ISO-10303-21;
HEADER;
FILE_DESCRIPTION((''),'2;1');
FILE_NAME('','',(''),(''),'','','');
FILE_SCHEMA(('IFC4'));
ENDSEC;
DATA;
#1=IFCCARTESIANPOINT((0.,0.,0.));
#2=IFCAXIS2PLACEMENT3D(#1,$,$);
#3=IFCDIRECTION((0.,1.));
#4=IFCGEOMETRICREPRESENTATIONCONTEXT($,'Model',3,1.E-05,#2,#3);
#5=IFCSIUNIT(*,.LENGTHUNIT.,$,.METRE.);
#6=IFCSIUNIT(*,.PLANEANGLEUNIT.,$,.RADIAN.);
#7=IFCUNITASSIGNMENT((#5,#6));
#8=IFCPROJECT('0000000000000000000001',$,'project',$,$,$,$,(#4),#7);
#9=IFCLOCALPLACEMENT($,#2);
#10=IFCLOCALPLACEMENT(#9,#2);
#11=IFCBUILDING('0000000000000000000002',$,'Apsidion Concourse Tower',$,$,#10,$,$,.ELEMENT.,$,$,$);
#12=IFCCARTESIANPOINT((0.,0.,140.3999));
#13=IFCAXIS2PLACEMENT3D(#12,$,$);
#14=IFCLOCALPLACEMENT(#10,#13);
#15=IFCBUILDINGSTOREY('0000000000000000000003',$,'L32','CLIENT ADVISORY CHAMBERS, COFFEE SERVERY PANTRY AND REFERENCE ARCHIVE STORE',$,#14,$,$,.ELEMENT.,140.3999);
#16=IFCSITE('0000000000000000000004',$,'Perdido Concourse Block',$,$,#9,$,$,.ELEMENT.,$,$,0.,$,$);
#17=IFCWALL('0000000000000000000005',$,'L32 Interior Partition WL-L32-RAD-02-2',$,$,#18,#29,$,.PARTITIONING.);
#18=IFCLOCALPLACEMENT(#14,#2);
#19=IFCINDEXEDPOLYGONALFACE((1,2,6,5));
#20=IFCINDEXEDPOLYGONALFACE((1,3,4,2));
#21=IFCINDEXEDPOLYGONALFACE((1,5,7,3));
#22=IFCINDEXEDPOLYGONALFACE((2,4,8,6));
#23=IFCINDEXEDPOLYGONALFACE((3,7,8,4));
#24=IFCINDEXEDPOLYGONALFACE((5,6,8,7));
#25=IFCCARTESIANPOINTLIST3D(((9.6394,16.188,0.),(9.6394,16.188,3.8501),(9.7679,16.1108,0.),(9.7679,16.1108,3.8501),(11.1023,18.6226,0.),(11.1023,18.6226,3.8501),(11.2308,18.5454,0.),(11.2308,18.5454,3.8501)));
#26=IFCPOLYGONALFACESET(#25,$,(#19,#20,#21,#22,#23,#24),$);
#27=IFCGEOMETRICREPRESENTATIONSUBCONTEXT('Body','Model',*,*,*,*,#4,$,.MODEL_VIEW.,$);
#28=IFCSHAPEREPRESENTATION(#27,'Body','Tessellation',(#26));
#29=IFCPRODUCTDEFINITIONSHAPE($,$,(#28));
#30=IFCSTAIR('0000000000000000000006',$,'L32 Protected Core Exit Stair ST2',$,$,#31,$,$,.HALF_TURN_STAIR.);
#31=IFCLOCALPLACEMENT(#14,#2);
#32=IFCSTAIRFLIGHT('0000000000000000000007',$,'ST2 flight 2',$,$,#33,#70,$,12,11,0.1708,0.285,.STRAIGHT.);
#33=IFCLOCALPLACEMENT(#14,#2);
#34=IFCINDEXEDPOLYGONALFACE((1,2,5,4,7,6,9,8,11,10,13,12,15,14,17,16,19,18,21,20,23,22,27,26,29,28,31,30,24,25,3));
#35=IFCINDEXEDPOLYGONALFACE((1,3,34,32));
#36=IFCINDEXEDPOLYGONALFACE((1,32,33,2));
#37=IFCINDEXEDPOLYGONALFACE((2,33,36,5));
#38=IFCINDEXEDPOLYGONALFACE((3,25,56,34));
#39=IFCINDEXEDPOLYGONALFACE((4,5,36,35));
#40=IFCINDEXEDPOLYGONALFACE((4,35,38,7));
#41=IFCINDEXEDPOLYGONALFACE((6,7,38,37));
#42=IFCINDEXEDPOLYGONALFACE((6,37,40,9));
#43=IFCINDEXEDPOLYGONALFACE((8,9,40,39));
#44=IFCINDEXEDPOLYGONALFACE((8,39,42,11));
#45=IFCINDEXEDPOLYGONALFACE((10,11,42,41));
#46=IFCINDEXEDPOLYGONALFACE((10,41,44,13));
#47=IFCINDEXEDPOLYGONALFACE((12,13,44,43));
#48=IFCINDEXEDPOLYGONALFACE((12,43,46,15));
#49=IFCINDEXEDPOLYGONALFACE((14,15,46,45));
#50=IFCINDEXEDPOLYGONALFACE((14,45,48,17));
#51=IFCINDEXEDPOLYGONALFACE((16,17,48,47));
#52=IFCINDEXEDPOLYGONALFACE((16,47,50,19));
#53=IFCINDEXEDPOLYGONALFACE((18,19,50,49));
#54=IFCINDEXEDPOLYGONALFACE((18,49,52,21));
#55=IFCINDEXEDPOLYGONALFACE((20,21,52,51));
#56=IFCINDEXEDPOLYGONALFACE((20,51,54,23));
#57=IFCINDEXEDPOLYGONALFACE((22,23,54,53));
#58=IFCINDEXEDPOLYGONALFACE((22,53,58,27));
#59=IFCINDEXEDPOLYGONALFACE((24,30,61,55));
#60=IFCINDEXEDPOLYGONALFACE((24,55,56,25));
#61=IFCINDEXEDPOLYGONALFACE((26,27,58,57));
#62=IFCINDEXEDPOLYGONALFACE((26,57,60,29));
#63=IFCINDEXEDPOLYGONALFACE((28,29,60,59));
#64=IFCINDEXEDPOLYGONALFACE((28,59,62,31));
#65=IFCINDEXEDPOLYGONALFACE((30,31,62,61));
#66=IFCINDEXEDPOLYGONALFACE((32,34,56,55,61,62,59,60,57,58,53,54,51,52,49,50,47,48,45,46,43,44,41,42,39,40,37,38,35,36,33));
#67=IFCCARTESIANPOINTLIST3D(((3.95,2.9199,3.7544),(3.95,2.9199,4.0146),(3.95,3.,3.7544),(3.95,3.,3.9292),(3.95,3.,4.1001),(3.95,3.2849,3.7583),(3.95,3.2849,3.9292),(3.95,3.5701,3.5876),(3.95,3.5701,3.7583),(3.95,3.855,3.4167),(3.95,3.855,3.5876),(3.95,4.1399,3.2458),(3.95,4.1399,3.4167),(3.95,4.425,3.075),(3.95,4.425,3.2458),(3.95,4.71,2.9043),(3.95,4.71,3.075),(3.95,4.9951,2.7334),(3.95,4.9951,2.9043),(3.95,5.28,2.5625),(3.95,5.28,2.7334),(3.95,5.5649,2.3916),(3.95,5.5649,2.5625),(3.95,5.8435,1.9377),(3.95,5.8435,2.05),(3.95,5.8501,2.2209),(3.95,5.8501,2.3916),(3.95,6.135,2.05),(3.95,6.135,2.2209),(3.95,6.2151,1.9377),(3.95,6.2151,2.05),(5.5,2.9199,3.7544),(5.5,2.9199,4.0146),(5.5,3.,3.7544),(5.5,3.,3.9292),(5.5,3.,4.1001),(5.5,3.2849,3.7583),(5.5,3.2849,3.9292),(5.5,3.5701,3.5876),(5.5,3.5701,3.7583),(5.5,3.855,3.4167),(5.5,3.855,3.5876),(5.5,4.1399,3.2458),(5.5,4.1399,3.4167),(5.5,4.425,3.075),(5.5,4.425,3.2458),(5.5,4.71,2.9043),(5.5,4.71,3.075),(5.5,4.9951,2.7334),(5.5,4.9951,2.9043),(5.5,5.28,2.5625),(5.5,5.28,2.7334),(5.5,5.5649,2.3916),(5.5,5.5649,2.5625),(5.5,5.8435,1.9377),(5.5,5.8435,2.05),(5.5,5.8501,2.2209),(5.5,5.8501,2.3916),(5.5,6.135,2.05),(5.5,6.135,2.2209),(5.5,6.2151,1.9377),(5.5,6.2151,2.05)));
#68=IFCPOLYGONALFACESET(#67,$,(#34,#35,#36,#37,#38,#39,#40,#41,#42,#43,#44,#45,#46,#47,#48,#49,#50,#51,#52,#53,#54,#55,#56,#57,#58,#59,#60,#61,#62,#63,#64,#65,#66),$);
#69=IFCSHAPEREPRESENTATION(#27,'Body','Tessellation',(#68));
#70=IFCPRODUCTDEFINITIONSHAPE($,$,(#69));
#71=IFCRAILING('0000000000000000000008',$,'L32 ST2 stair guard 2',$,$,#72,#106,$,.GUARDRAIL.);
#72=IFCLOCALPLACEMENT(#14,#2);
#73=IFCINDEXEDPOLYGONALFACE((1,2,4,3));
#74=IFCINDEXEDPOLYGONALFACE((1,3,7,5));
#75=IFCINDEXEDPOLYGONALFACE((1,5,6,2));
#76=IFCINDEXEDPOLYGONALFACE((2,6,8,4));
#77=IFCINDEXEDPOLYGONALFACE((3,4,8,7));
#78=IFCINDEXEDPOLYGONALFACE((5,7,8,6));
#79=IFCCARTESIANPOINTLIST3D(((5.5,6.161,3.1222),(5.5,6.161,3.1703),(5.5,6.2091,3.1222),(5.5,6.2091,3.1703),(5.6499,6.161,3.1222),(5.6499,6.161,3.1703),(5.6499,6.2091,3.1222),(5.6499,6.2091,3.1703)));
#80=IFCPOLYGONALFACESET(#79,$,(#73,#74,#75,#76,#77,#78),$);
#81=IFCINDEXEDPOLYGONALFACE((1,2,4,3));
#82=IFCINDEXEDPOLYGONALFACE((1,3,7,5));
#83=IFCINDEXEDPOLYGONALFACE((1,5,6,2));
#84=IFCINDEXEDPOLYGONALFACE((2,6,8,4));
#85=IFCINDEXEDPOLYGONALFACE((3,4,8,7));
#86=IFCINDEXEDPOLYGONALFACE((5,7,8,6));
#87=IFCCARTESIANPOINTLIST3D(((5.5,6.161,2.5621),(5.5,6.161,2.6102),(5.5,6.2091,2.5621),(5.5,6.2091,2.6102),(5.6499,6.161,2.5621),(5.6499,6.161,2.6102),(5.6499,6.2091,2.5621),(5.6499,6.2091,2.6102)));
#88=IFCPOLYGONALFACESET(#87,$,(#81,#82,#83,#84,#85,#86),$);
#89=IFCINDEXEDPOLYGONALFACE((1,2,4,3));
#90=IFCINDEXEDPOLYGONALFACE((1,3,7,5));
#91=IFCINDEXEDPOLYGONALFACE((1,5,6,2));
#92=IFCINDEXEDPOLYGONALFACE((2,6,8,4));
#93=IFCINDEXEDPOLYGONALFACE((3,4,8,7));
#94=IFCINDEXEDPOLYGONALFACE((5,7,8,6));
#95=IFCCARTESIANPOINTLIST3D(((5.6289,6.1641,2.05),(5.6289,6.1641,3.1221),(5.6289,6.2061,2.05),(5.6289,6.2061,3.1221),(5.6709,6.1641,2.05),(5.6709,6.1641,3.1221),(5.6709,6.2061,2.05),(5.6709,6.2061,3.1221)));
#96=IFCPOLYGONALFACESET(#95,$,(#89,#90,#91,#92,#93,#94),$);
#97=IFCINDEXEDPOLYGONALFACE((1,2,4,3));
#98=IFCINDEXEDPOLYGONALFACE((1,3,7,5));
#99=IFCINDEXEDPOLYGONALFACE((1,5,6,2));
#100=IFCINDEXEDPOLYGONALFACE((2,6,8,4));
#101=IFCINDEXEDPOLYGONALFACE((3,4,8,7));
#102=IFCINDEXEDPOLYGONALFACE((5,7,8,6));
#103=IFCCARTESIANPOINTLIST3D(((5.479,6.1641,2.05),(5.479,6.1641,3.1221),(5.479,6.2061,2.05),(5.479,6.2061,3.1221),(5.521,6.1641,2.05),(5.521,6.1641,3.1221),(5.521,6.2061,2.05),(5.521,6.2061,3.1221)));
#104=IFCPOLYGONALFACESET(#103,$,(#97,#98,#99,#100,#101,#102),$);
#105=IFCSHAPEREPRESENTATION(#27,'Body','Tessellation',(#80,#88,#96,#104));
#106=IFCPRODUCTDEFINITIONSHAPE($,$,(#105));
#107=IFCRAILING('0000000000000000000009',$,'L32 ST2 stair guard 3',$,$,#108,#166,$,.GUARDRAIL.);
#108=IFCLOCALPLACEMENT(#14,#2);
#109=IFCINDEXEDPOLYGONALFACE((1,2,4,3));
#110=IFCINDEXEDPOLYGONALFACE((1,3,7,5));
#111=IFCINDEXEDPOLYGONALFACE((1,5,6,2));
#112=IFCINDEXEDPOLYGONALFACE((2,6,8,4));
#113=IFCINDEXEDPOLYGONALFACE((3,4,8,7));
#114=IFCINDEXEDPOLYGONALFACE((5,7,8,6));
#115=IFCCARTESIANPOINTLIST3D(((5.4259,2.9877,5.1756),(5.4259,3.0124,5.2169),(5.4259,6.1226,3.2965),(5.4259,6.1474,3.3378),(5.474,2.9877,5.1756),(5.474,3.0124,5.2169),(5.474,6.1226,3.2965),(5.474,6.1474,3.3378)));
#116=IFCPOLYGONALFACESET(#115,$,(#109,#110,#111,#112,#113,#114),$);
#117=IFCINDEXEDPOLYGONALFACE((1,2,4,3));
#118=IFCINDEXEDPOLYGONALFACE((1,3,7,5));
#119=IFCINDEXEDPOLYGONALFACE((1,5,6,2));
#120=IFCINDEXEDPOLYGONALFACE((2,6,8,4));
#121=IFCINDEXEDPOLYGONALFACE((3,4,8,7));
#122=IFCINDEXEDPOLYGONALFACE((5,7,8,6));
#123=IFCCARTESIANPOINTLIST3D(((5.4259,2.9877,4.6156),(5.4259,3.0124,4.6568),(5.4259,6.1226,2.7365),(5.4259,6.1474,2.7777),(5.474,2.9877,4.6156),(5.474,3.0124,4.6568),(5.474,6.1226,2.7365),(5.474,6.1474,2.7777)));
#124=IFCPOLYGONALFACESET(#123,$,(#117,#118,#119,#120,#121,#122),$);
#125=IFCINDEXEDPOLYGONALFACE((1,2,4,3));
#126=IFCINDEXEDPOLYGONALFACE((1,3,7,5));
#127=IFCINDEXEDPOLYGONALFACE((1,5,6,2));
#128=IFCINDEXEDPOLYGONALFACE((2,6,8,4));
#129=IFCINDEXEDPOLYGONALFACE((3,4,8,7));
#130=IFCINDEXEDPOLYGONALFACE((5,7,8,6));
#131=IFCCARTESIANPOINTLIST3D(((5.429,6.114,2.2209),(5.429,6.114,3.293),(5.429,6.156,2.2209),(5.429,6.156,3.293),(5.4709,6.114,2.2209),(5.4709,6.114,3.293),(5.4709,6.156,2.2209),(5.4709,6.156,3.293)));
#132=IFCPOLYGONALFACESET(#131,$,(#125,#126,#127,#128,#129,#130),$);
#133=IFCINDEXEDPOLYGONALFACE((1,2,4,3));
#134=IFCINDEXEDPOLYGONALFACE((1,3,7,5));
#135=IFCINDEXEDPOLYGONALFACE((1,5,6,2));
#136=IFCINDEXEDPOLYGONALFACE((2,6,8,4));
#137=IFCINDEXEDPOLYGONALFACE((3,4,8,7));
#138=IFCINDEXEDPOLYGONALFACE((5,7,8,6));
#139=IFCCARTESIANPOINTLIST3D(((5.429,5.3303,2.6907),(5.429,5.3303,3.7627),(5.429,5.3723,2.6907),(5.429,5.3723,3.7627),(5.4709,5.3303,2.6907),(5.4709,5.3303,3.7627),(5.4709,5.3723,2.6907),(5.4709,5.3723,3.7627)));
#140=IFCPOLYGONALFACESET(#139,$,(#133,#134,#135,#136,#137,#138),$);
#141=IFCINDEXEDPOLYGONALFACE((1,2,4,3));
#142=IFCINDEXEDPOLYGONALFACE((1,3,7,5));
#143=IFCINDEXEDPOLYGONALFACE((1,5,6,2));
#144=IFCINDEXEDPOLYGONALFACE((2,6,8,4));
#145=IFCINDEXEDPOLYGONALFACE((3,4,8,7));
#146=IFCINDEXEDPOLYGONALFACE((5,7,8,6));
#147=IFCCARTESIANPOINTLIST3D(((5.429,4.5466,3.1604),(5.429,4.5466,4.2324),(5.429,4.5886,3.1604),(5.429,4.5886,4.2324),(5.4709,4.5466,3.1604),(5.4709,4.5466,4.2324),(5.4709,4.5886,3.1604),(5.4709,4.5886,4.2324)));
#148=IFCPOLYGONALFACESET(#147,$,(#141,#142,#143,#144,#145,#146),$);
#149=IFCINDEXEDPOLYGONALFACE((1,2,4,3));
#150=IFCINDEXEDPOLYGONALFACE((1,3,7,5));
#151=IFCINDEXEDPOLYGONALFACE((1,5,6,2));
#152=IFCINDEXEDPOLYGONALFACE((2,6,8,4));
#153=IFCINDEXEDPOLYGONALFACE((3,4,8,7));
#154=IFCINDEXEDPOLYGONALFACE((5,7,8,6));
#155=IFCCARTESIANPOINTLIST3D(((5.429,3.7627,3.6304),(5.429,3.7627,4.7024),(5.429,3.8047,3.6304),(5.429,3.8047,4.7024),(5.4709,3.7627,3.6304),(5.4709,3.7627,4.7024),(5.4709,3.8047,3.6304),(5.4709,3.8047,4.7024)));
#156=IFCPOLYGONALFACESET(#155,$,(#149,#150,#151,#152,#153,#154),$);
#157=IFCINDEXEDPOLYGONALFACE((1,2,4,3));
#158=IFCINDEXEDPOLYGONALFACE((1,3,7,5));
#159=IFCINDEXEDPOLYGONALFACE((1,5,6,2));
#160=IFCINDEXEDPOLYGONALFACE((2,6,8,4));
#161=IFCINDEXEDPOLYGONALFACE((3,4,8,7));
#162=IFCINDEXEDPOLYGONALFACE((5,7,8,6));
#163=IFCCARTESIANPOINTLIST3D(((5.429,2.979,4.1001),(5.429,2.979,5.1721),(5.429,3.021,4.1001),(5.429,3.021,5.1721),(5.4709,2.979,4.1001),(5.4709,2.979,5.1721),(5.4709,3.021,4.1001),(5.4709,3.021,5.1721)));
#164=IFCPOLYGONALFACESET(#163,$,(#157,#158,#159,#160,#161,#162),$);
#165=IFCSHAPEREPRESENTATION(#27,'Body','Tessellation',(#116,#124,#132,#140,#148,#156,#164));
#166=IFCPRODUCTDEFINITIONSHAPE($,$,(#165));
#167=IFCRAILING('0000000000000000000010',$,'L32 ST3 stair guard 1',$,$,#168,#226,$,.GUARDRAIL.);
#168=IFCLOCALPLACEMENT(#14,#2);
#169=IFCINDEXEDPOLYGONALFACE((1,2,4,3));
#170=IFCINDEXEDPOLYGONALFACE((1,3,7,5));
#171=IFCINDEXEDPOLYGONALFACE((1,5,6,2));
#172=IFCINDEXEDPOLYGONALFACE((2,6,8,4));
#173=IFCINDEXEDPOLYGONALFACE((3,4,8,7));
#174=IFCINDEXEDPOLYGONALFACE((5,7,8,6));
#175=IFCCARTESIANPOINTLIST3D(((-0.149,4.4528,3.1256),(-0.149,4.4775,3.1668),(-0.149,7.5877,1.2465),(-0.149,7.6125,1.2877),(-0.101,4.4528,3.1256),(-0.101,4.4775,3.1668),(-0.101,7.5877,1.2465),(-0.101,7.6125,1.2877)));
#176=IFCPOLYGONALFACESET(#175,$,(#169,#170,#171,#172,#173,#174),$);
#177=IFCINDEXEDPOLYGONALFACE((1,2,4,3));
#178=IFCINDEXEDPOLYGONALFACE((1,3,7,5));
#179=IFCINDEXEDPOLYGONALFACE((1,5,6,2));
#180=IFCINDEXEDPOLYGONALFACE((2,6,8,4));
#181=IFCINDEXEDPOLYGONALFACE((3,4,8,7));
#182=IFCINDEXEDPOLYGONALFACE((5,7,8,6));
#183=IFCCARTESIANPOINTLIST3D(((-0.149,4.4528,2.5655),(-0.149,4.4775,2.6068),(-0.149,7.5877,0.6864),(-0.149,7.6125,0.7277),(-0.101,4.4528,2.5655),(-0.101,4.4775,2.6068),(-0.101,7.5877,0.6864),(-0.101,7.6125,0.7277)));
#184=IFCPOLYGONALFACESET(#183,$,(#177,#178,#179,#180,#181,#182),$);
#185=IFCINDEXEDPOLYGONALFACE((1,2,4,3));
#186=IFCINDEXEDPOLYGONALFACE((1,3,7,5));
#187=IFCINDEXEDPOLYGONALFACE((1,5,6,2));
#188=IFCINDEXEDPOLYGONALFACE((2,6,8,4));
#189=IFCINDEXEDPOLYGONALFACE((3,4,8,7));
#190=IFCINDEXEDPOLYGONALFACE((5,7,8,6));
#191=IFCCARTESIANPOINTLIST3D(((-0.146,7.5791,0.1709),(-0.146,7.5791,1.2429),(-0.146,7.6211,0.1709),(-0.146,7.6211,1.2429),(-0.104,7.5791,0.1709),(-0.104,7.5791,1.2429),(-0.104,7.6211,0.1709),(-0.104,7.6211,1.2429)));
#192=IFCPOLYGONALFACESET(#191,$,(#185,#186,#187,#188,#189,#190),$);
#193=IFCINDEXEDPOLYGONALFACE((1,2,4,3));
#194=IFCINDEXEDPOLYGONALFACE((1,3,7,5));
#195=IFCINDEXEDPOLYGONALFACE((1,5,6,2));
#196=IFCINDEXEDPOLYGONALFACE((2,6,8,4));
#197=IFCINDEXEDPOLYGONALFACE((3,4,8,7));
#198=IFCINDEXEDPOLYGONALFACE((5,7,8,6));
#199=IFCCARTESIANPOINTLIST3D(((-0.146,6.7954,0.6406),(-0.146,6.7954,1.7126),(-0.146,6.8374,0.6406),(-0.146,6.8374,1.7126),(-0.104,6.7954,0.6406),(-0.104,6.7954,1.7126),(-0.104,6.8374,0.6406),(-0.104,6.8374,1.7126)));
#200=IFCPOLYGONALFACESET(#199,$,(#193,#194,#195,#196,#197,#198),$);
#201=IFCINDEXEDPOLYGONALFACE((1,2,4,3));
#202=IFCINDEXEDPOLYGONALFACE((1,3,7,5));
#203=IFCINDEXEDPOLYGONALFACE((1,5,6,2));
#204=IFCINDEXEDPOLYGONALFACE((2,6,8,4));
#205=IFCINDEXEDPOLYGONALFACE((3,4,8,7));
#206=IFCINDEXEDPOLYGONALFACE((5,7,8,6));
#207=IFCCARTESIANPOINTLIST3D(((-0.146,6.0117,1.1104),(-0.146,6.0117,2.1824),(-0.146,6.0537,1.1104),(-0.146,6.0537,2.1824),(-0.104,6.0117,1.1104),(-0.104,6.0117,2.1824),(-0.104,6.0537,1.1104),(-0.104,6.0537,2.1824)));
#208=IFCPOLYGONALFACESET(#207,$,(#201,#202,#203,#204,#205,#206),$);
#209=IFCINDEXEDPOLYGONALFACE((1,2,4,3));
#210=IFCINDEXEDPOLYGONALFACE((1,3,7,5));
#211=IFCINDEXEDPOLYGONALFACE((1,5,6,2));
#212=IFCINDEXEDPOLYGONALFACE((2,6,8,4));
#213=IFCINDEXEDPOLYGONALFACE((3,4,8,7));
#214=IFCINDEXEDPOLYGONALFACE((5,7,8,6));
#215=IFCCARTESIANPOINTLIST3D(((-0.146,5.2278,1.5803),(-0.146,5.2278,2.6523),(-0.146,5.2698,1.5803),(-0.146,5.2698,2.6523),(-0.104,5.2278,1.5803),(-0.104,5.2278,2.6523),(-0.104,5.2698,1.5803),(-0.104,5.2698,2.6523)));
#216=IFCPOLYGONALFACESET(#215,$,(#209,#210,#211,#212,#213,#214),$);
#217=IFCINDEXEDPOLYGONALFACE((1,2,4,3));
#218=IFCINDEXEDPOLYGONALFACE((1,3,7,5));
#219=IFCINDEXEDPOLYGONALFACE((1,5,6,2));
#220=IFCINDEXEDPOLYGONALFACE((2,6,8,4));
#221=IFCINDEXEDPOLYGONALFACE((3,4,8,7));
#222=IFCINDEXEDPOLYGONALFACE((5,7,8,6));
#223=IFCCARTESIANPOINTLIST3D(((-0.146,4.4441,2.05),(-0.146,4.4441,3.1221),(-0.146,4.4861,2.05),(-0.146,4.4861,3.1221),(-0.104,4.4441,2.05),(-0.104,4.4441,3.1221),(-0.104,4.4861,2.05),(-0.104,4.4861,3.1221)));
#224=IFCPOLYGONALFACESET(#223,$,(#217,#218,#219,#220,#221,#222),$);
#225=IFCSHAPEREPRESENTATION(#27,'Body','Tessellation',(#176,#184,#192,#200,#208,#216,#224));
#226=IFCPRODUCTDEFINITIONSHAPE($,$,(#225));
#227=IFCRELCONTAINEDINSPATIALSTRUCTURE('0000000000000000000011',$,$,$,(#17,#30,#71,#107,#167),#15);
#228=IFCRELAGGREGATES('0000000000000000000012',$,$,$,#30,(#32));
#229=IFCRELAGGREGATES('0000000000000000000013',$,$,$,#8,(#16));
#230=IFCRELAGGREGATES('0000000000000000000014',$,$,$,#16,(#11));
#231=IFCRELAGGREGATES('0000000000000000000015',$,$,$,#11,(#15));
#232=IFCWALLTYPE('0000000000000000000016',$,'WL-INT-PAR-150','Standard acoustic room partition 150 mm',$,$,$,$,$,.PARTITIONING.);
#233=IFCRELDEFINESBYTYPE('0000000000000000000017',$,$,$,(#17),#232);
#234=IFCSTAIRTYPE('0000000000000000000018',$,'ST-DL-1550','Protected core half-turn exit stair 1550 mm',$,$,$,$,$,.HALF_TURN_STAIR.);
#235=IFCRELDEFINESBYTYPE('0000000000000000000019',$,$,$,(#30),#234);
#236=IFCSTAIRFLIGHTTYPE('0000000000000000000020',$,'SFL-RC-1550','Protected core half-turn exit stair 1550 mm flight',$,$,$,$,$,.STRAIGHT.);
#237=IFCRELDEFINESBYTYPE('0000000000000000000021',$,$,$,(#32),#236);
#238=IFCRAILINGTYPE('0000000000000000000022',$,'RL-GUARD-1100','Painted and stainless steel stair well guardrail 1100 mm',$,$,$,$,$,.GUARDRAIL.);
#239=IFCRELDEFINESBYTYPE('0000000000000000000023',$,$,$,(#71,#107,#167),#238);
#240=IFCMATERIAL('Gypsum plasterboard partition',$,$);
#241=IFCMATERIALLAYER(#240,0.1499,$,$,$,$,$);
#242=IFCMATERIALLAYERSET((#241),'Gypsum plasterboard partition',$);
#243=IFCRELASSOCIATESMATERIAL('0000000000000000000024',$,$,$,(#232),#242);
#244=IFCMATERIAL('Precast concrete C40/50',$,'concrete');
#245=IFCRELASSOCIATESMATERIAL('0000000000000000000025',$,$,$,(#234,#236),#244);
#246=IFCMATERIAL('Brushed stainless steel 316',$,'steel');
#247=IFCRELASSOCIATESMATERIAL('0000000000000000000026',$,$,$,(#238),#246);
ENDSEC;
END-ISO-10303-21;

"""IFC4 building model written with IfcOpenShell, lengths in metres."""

from ifc_helpers import new_model, si_unit, direction, frame, frame_2d, origin, origin_2d, place, context, subcontext, project, spatial, polyline, rectangle, outline, extrude, material, layer, layer_set, type_object, element, aggregate, save


model = new_model("IFC4")

# Units and contexts
model_context = context("Model", 3, precision=1e-05, world=origin(), true_north=direction((0.0, 1.0)))
body_context = subcontext(model_context, "Body", "Model", "MODEL_VIEW")
ifc_project = project(units=[si_unit("LENGTHUNIT", "METRE"), si_unit("PLANEANGLEUNIT", "RADIAN")], contexts=[model_context])

# Site, building, storey
site_placement = place(None, origin())
site = spatial("IfcSite", under=ifc_project, at=site_placement, Name="Perdido Concourse Block", CompositionType="ELEMENT", RefElevation=0.0)
building_placement = place(site_placement, origin())
building = spatial("IfcBuilding", under=site, at=building_placement, Name="Apsidion Concourse Tower", CompositionType="ELEMENT")
storey_placement = place(building_placement, frame((0.0, 0.0, 140.3999)))
storey = spatial("IfcBuildingStorey", under=building, at=storey_placement, Name="L32", Description="CLIENT ADVISORY CHAMBERS, COFFEE SERVERY PANTRY AND REFERENCE ARCHIVE STORE", CompositionType="ELEMENT", Elevation=140.3999)

# Shared definitions
ifc_material_1 = material(Name="Gypsum plasterboard partition")
ifc_layer = layer(ifc_material_1, 0.1499)
ifc_layer_set = layer_set([ifc_layer], Name="Gypsum plasterboard partition")
wall_type = type_object("IfcWallType", Name="WL-INT-PAR-150", Description="Standard acoustic room partition 150 mm", PredefinedType="PARTITIONING", material=ifc_layer_set)

# Shared definitions
ifc_material_2 = material(Name="Brushed stainless steel 316", Category="steel")

# Wall
wall_1_placement = place(storey_placement, frame((9.7036, 16.1494, 0.0), z_axis=(0.0, 0.0, 1.0), x_axis=(0.515052, 0.857159, 0.0)))
element("IfcWall", 1, at=wall_1_placement, inside=storey, type_object=wall_type, Name="L32 Interior Partition WL-L32-RAD-02-2", PredefinedType="PARTITIONING", context=body_context, shape_type="SweptSolid", body=[
    extrude(rectangle(XDim=2.8403, YDim=0.1499, at=frame_2d((1.4202, 0.0))), origin(), (0.0, 0.0, 1.0), 3.8501),
])

# Stair, stair flight
ifc_material_3 = material(Name="Precast concrete C40/50", Category="concrete")
stair_type = type_object("IfcStairType", Name="ST-DL-1550", Description="Protected core half-turn exit stair 1550 mm", PredefinedType="HALF_TURN_STAIR", material=ifc_material_3)
stair_placement = place(storey_placement, origin())
stair = element("IfcStair", 2, at=stair_placement, inside=storey, type_object=stair_type, Name="L32 Protected Core Exit Stair ST2", PredefinedType="HALF_TURN_STAIR")
stair_flight_type = type_object("IfcStairFlightType", Name="SFL-RC-1550", Description="Protected core half-turn exit stair 1550 mm flight", PredefinedType="STRAIGHT", material=ifc_material_3)
stair_flight_placement = place(storey_placement, frame((4.7251, 6.135, 2.05), z_axis=(0.0, 0.0, 1.0), x_axis=(0.0, -1.0, 0.0)))
stair_flight = element("IfcStairFlight", 3, at=stair_flight_placement, type_object=stair_flight_type, Name="ST2 flight 2", NumberOfRisers=12, NumberOfTreads=11, PredefinedType="STRAIGHT", RiserHeight=0.1708, TreadLength=0.285, context=body_context, shape_type="SweptSolid", body=[
    extrude(outline(polyline([(-0.0801, -0.1123), (-0.0801, 0.0), (0.0, 0.0), (0.0, 0.1709), (0.2849, 0.1709), (0.2849, 0.3416), (0.5701, 0.3416), (0.5701, 0.5125), (0.855, 0.5125), (0.855, 0.6833), (1.1399, 0.6833), (1.1399, 0.8542), (1.425, 0.8542), (1.425, 1.0249), (1.71, 1.0249), (1.71, 1.1958), (1.9951, 1.1958), (1.9951, 1.3667), (2.28, 1.3667), (2.28, 1.5376), (2.5649, 1.5376), (2.5649, 1.7083), (2.8501, 1.7083), (2.8501, 1.8792), (3.135, 1.8792), (3.135, 2.05), (3.2151, 1.9646), (3.2151, 1.7043), (3.135, 1.7043), (0.2915, 0.0), (0.2915, -0.1123), (-0.0801, -0.1123)])), frame((0.0, 0.7749, 0.0), z_axis=(0.0, -1.0, 0.0), x_axis=(1.0, 0.0, 0.0)), (0.0, 0.0, 1.0), 1.55),
])
aggregate(stair, [stair_flight])

# Railings
railing_type = type_object("IfcRailingType", Name="RL-GUARD-1100", Description="Painted and stainless steel stair well guardrail 1100 mm", PredefinedType="GUARDRAIL", material=ifc_material_2)
railing_1_placement = place(storey_placement, frame((5.6499, 6.1851, 2.05)))
element("IfcRailing", 4, at=railing_1_placement, inside=storey, type_object=railing_type, Name="L32 ST2 stair guard 2", PredefinedType="GUARDRAIL", context=body_context, shape_type="SweptSolid", body=[
    extrude(rectangle(XDim=0.0481, YDim=0.0481, at=origin_2d()), frame((0.0, 0.0, 1.0962), z_axis=(-1.0, 0.0, 0.0), x_axis=(0.0, -1.0, 0.0)), (0.0, 0.0, 1.0), 0.1499),
    extrude(rectangle(XDim=0.0481, YDim=0.0481, at=origin_2d()), frame((0.0, 0.0, 0.5361), z_axis=(-1.0, 0.0, 0.0), x_axis=(0.0, -1.0, 0.0)), (0.0, 0.0, 1.0), 0.1499),
    extrude(rectangle(XDim=0.042, YDim=0.042, at=origin_2d()), origin(), (0.0, 0.0, 1.0), 1.072),
    extrude(rectangle(XDim=0.042, YDim=0.042, at=origin_2d()), frame((-0.1499, 0.0, 0.0)), (0.0, 0.0, 1.0), 1.072),
])
for number, where, name in (
    (5, (5.45, 6.135, 2.2209), "L32 ST2 stair guard 3"),
    (6, (-0.125, 7.6001, 0.1709), "L32 ST3 stair guard 1"),
):
    element("IfcRailing", number, at=place(storey_placement, frame(where)), inside=storey, type_object=railing_type, Name=name, PredefinedType="GUARDRAIL", context=body_context, shape_type="SweptSolid", body=[
        extrude(rectangle(XDim=0.0481, YDim=0.0481, at=origin_2d()), frame((0.0, 0.0, 1.0962), z_axis=(0.0, -0.857717, 0.514122), x_axis=(1.0, 0.0, 0.0)), (0.0, 0.0, 1.0), 3.655),
        extrude(rectangle(XDim=0.0481, YDim=0.0481, at=origin_2d()), frame((0.0, 0.0, 0.5361), z_axis=(0.0, -0.857717, 0.514122), x_axis=(1.0, 0.0, 0.0)), (0.0, 0.0, 1.0), 3.655),
        extrude(rectangle(XDim=0.042, YDim=0.042, at=origin_2d()), origin(), (0.0, 0.0, 1.0), 1.072),
        extrude(rectangle(XDim=0.042, YDim=0.042, at=origin_2d()), frame((0.0, -0.7837, 0.4697)), (0.0, 0.0, 1.0), 1.072),
        extrude(rectangle(XDim=0.042, YDim=0.042, at=origin_2d()), frame((0.0, -1.5674, 0.9395)), (0.0, 0.0, 1.0), 1.072),
        extrude(rectangle(XDim=0.042, YDim=0.042, at=origin_2d()), frame((0.0, -2.3513, 1.4094)), (0.0, 0.0, 1.0), 1.072),
        extrude(rectangle(XDim=0.042, YDim=0.042, at=origin_2d()), frame((0.0, -3.135, 1.8792)), (0.0, 0.0, 1.0), 1.072),
    ])

save(model, "model.ifc")
